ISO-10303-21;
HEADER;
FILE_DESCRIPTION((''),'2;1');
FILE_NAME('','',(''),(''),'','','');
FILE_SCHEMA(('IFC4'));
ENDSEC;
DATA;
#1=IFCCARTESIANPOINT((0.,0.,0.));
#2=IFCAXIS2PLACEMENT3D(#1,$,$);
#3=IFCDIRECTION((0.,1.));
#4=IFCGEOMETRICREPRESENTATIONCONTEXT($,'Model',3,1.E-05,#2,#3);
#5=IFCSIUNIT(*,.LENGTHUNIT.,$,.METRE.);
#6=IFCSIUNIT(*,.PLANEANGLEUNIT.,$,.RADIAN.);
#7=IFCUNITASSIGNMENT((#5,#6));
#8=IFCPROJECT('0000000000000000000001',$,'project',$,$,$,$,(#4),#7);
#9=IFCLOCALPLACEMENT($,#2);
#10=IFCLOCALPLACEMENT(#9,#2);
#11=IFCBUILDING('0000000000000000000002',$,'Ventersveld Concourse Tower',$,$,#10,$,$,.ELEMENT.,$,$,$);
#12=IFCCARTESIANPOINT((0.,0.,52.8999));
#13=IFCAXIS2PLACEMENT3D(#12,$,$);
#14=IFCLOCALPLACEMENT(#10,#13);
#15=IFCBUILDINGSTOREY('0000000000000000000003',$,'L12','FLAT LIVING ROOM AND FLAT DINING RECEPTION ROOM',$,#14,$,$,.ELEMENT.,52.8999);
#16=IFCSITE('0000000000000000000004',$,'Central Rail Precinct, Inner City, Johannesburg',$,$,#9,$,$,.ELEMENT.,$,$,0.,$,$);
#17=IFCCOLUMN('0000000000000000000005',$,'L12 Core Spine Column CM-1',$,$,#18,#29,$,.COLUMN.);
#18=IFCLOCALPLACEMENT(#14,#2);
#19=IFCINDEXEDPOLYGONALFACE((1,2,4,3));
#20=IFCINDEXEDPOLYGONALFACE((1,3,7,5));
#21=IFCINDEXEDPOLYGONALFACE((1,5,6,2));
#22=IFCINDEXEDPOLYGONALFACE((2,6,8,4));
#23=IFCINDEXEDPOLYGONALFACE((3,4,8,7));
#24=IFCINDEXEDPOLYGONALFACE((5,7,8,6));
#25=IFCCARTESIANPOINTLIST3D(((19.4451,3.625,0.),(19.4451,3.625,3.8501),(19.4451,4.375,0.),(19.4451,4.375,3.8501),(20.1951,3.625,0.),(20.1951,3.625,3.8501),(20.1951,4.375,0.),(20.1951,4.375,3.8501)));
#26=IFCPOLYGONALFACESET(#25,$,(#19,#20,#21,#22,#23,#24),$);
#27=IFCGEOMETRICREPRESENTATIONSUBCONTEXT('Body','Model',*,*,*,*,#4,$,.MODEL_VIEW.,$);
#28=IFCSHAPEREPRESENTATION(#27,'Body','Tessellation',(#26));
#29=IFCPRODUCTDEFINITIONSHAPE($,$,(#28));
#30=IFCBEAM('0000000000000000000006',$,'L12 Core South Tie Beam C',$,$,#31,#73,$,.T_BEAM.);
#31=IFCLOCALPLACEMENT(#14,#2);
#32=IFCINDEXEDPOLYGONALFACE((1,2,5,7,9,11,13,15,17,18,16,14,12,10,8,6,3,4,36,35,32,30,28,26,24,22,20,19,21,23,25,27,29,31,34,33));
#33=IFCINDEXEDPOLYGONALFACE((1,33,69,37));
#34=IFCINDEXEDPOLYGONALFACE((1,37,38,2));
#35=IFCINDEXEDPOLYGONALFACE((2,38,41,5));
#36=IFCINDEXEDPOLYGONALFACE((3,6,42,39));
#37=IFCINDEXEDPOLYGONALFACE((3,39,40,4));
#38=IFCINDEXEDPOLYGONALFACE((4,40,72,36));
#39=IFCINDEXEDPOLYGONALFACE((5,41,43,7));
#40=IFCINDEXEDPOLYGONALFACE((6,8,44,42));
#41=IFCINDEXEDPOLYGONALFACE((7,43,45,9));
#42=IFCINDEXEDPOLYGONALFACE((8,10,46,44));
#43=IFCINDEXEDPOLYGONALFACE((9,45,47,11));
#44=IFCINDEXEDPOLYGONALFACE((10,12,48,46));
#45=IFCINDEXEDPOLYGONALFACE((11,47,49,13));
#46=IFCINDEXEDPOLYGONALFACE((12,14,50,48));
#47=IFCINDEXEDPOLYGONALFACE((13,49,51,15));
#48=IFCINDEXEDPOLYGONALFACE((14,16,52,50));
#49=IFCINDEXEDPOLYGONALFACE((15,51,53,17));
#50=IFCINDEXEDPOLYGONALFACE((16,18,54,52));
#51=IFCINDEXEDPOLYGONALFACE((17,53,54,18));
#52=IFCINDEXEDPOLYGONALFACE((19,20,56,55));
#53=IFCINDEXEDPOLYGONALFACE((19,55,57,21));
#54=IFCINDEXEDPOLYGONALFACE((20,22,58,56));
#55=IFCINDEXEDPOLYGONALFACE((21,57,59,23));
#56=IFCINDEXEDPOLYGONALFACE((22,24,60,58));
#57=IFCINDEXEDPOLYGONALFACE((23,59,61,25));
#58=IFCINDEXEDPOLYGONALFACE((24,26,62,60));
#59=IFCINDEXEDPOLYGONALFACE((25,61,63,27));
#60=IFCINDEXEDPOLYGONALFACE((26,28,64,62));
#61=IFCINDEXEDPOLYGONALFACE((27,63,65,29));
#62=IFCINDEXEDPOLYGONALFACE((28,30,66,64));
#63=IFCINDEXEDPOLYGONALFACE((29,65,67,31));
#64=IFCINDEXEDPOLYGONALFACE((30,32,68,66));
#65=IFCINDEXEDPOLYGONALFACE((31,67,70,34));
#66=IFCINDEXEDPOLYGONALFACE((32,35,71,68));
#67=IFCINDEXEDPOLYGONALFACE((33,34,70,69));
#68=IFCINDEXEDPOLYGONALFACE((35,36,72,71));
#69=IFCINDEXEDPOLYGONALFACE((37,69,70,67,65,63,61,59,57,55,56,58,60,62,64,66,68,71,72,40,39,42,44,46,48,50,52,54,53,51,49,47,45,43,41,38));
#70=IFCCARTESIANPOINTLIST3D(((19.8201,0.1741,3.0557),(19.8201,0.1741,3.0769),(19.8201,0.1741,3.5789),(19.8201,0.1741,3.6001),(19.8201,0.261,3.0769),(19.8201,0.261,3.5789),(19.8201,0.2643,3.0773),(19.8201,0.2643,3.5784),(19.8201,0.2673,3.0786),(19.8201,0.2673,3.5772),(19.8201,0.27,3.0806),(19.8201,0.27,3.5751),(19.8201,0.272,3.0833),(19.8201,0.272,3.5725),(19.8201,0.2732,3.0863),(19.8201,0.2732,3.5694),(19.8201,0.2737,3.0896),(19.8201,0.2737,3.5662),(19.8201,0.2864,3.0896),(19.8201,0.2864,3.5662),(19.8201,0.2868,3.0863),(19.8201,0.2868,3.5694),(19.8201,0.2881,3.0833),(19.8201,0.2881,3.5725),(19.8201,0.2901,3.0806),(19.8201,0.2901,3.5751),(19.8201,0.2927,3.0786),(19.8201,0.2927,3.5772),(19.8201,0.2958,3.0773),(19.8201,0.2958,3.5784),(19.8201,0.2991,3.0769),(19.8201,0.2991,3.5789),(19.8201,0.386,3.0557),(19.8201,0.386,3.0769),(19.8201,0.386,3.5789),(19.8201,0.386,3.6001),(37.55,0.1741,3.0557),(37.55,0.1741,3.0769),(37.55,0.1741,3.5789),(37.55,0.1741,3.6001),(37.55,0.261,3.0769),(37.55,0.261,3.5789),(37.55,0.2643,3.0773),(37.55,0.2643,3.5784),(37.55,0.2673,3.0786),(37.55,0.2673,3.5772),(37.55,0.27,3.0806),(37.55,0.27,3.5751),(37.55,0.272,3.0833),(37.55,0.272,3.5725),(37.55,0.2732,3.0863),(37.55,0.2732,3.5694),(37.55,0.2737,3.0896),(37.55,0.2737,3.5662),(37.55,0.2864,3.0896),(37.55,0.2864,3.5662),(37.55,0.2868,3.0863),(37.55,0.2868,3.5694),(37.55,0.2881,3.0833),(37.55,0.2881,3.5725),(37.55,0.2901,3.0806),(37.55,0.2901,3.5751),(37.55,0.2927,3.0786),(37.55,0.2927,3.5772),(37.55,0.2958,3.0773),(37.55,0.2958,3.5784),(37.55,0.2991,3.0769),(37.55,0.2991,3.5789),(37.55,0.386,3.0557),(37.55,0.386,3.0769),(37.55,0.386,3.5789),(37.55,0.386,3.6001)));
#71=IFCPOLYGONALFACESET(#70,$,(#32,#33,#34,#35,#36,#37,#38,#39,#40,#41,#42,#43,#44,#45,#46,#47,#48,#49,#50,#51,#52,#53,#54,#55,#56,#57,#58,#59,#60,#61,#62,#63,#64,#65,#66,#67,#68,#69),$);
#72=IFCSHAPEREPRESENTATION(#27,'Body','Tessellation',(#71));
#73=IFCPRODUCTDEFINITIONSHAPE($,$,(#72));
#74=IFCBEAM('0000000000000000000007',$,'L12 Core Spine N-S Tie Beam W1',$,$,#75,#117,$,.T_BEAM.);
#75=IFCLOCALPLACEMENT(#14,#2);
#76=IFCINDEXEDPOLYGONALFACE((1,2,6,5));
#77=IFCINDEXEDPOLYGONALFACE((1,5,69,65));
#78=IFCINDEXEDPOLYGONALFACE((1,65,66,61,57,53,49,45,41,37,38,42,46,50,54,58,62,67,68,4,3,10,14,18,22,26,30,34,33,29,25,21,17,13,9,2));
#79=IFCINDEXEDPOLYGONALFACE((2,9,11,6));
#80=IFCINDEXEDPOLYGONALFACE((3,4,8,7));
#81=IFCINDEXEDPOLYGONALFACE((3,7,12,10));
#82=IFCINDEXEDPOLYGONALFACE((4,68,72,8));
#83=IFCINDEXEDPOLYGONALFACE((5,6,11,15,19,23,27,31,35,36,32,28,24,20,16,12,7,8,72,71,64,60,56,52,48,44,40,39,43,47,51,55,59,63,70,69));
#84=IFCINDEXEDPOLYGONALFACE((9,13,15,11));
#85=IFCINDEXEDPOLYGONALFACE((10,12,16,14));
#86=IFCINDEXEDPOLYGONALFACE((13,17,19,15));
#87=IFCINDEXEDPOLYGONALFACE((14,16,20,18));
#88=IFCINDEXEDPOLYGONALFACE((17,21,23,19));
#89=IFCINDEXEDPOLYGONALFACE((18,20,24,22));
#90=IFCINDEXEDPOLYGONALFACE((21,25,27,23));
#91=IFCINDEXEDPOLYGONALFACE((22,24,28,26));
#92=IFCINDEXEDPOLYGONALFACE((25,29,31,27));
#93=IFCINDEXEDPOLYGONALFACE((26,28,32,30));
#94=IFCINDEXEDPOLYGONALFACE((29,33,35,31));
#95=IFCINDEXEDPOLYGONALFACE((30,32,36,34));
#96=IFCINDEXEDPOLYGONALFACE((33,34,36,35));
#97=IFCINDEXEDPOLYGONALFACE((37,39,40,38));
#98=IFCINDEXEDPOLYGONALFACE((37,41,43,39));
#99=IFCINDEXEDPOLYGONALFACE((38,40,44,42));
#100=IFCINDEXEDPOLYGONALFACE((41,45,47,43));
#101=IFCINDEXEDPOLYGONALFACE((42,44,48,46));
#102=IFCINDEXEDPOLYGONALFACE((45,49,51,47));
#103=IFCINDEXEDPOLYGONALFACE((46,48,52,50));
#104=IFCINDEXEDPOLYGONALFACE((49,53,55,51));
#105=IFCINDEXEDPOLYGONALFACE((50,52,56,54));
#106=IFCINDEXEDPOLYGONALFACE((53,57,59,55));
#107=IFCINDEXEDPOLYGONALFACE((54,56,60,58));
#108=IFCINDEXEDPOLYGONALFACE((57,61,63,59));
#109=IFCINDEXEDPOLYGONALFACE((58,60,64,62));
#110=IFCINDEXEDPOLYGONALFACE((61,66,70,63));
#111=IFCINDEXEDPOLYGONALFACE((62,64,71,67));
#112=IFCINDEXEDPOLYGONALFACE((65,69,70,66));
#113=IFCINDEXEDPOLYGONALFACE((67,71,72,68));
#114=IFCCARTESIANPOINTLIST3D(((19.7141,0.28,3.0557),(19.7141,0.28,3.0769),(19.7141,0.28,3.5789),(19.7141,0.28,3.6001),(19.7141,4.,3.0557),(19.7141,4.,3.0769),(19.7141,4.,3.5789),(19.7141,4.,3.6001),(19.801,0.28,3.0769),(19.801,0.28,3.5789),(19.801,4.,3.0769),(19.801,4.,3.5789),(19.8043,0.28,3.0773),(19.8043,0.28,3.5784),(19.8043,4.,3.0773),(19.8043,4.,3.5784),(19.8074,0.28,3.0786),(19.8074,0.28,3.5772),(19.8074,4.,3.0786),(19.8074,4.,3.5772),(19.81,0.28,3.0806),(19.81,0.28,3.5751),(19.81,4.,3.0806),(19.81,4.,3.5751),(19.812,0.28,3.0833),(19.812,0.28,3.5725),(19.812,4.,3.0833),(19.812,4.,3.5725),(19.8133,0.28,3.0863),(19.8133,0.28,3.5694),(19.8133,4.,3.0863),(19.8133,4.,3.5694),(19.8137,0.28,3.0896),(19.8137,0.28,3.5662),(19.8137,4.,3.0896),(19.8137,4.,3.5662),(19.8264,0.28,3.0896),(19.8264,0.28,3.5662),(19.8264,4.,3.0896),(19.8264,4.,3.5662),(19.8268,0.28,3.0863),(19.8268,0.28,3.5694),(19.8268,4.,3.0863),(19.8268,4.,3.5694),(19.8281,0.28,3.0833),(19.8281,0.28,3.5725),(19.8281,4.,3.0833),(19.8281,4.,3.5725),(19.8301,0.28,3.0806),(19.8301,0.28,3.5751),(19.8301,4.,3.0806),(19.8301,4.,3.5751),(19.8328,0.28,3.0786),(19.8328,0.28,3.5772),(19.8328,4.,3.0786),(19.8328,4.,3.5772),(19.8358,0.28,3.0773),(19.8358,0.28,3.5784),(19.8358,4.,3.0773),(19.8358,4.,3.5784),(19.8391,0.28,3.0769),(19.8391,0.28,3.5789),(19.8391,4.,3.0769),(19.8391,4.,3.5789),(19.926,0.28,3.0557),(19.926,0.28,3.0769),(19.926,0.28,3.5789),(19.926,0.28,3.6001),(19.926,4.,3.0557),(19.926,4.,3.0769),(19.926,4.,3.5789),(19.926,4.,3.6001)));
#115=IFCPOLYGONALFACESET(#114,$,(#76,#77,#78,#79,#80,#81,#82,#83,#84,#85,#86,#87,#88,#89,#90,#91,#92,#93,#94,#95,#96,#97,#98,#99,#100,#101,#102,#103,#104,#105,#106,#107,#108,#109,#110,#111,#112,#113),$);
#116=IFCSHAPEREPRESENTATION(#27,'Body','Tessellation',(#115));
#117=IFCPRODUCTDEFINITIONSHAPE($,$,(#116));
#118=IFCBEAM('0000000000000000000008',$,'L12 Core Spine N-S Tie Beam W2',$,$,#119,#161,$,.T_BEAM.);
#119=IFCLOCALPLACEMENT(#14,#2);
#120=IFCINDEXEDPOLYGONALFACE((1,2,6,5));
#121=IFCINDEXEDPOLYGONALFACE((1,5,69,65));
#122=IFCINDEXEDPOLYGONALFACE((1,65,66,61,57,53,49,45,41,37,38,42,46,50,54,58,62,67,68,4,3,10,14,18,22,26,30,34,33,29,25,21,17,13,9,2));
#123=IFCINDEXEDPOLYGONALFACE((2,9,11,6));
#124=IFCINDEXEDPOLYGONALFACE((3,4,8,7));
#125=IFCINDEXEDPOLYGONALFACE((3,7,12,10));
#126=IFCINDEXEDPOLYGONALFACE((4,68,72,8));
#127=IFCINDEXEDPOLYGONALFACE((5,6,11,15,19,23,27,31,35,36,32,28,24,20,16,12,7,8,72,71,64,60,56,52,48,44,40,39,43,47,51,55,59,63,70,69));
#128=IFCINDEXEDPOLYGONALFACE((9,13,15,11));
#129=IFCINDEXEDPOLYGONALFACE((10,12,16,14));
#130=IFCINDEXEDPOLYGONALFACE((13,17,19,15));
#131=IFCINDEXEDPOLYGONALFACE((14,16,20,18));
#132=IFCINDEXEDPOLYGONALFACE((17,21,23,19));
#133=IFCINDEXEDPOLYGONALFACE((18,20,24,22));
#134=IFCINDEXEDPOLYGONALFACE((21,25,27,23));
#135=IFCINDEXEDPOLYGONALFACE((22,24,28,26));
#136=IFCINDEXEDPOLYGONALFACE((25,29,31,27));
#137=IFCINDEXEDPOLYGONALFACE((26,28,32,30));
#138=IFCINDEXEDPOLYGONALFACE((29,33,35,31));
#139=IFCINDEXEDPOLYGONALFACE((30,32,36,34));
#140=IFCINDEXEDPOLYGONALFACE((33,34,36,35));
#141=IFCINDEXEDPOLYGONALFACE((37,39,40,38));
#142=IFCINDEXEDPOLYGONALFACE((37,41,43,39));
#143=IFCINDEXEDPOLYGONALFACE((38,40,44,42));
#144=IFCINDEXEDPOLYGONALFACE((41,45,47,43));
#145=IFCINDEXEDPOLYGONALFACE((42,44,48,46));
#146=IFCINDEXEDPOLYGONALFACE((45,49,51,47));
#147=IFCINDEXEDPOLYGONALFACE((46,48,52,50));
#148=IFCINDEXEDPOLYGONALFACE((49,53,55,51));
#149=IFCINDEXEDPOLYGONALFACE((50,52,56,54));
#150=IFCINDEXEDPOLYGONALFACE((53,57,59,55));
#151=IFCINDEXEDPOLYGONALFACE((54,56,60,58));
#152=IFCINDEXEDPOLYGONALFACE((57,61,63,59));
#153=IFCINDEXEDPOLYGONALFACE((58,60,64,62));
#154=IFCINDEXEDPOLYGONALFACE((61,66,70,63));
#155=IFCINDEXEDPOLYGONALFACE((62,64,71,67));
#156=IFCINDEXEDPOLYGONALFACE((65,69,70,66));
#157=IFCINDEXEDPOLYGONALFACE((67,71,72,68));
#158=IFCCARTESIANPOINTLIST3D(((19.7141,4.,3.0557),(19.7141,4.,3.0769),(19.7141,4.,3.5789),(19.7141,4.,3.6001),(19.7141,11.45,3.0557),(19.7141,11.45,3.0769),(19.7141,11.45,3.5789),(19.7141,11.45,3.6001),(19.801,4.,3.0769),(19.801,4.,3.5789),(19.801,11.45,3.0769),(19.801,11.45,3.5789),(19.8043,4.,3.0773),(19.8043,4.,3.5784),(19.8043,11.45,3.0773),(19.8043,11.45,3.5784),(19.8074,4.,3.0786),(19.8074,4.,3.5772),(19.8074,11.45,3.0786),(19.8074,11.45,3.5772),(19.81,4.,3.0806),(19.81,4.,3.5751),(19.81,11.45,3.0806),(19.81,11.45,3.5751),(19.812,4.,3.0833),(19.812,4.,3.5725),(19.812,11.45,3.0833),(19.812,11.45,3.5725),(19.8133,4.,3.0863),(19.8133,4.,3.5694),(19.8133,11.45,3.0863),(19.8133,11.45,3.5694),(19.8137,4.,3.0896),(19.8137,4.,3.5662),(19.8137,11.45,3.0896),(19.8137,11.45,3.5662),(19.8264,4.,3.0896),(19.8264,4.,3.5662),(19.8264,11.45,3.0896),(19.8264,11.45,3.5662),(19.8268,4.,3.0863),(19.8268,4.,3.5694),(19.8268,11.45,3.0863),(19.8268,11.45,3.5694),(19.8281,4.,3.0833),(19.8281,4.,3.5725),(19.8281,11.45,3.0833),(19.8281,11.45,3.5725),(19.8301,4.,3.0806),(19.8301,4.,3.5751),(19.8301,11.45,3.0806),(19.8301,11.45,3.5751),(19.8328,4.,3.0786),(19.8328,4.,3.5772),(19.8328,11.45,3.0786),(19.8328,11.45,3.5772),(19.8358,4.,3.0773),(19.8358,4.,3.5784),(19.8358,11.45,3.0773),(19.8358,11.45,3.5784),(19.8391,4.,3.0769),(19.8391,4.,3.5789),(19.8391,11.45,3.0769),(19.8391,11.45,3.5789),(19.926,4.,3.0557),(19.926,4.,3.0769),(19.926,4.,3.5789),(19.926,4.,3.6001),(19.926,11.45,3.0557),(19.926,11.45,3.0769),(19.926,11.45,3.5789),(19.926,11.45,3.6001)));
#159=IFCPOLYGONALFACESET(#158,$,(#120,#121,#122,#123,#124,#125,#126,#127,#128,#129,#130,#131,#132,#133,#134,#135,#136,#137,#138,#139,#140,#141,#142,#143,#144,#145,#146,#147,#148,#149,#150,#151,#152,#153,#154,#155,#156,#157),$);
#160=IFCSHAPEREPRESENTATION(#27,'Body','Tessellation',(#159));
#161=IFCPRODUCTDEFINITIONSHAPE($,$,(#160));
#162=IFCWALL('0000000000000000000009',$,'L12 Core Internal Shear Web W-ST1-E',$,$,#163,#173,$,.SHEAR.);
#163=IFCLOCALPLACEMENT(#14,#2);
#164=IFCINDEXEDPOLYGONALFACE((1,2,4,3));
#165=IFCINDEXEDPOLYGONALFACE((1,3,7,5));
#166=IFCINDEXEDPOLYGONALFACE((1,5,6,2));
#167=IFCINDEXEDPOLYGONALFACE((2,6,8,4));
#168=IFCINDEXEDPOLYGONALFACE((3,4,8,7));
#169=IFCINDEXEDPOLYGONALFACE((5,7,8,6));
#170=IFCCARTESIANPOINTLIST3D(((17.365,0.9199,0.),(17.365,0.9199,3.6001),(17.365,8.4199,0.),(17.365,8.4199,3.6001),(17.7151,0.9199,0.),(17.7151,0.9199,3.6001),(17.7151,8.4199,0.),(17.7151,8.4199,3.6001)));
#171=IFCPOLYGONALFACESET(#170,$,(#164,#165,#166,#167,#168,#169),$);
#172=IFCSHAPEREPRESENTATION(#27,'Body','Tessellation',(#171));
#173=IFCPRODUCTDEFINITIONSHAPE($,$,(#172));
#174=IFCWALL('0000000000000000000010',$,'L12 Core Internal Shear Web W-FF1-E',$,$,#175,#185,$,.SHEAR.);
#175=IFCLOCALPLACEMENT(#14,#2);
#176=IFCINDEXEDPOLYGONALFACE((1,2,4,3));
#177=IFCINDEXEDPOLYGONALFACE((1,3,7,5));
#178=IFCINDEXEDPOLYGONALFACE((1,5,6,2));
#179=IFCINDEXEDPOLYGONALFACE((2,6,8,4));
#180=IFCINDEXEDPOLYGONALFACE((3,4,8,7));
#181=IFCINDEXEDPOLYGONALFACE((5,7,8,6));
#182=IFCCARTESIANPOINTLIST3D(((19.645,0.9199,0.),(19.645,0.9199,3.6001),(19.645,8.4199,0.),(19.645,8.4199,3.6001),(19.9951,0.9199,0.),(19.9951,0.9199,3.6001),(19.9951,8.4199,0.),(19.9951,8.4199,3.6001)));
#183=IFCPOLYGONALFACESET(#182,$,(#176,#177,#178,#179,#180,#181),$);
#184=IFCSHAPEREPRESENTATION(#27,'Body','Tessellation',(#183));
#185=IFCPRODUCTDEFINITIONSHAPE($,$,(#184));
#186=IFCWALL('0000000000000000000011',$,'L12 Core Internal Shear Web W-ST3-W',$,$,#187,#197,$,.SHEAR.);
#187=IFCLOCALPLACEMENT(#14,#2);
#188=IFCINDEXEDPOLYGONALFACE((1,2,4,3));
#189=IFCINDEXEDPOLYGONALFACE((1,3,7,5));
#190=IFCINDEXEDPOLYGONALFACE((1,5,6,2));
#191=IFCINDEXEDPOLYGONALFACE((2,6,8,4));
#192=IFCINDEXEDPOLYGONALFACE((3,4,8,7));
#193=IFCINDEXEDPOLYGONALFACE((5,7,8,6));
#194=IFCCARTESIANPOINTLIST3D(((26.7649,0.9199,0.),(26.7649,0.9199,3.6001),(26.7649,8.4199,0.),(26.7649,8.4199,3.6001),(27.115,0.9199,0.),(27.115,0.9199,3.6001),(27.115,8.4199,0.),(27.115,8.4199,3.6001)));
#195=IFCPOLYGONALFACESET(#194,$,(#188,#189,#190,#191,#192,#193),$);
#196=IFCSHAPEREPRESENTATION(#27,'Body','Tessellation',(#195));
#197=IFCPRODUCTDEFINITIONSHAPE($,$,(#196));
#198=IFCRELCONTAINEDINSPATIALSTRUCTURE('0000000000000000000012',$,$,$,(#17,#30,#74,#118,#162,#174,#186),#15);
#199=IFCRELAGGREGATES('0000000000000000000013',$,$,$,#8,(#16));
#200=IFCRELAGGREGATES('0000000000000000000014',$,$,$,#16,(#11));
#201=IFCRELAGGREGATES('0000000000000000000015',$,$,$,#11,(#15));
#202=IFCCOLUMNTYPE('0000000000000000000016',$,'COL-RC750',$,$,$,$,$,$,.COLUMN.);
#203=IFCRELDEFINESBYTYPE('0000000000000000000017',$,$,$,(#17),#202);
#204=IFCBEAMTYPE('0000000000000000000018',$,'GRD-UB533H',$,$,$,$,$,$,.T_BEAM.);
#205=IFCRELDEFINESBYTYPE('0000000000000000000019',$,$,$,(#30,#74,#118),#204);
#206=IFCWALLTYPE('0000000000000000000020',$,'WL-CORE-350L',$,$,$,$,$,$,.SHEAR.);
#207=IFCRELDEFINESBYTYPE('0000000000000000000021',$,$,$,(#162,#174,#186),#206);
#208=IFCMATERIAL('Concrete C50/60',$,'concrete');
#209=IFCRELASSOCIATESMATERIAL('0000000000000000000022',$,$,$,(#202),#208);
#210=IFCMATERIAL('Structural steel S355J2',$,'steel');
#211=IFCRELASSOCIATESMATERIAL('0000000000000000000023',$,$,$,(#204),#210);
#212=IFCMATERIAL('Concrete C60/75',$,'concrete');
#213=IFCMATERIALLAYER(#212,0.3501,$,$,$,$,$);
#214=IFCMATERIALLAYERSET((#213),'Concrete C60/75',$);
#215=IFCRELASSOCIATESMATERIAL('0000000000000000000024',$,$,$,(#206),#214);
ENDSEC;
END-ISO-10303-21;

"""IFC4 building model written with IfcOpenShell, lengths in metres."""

from ifc_helpers import new_model, si_unit, direction, frame, frame_2d, origin, origin_2d, place, context, subcontext, project, spatial, rectangle, i_section, extrude, material, layer, layer_set, material_profile, profile_set, type_object, element, save


model = new_model("IFC4")

# Units and contexts
model_context = context("Model", 3, precision=1e-05, world=origin(), true_north=direction((0.0, 1.0)))
body_context = subcontext(model_context, "Body", "Model", "MODEL_VIEW")
ifc_project = project(units=[si_unit("LENGTHUNIT", "METRE"), si_unit("PLANEANGLEUNIT", "RADIAN")], contexts=[model_context])

# Site, building, storey
site_placement = place(None, origin())
site = spatial("IfcSite", under=ifc_project, at=site_placement, Name="Central Rail Precinct, Inner City, Johannesburg", CompositionType="ELEMENT", RefElevation=0.0)
building_placement = place(site_placement, origin())
building = spatial("IfcBuilding", under=site, at=building_placement, Name="Ventersveld Concourse Tower", CompositionType="ELEMENT")
storey_placement = place(building_placement, frame((0.0, 0.0, 52.8999)))
storey = spatial("IfcBuildingStorey", under=building, at=storey_placement, Name="L12", Description="FLAT LIVING ROOM AND FLAT DINING RECEPTION ROOM", CompositionType="ELEMENT", Elevation=52.8999)

# Column
ifc_material_1 = material(Name="Concrete C50/60", Category="concrete")
ifc_material_profile_1 = material_profile(ifc_material_1, rectangle(XDim=0.75, YDim=0.75, at=origin_2d()), Name="RC 750x750")
ifc_profile_set_1 = profile_set([ifc_material_profile_1], Name="Concrete C50/60")
column_type = type_object("IfcColumnType", Name="COL-RC750", PredefinedType="COLUMN", material=ifc_profile_set_1)
column_placement = place(storey_placement, frame((19.8201, 4.0, 0.0), z_axis=(0.0, 0.0, 1.0), x_axis=(1.0, 0.0, 0.0)))
element("IfcColumn", 1, at=column_placement, inside=storey, type_object=column_type, Name="L12 Core Spine Column CM-1", PredefinedType="COLUMN", context=body_context, shape_type="SweptSolid", body=[
    extrude(rectangle(XDim=0.75, YDim=0.75, at=origin_2d()), origin(), (0.0, 0.0, 1.0), 3.8501),
])

# Beams
ifc_material_2 = material(Name="Structural steel S355J2", Category="steel")
ifc_material_profile_2 = material_profile(ifc_material_2, i_section(OverallWidth=0.2119, OverallDepth=0.5444, WebThickness=0.0127, FlangeThickness=0.0212, FilletRadius=0.0127, at=origin_2d()), Name="UB 533x210x122")
ifc_profile_set_2 = profile_set([ifc_material_profile_2], Name="Structural steel S355J2")
beam_type = type_object("IfcBeamType", Name="GRD-UB533H", PredefinedType="T_BEAM", material=ifc_profile_set_2)
beam_1_placement = place(storey_placement, frame((19.8201, 0.28, 3.3279), z_axis=(1.0, 0.0, 0.0), x_axis=(0.0, 1.0, 0.0)))
element("IfcBeam", 2, at=beam_1_placement, inside=storey, type_object=beam_type, Name="L12 Core South Tie Beam C", PredefinedType="T_BEAM", context=body_context, shape_type="SweptSolid", body=[
    extrude(i_section(OverallWidth=0.2119, OverallDepth=0.5444, WebThickness=0.0127, FlangeThickness=0.0212, FilletRadius=0.0127, at=origin_2d()), origin(), (0.0, 0.0, 1.0), 17.73),
])
beam_2_placement = place(storey_placement, frame((19.8201, 0.28, 3.3279), z_axis=(0.0, 1.0, 0.0), x_axis=(-1.0, 0.0, 0.0)))
element("IfcBeam", 3, at=beam_2_placement, inside=storey, type_object=beam_type, Name="L12 Core Spine N-S Tie Beam W1", PredefinedType="T_BEAM", context=body_context, shape_type="SweptSolid", body=[
    extrude(i_section(OverallWidth=0.2119, OverallDepth=0.5444, WebThickness=0.0127, FlangeThickness=0.0212, FilletRadius=0.0127, at=origin_2d()), origin(), (0.0, 0.0, 1.0), 3.72),
])
beam_3_placement = place(storey_placement, frame((19.8201, 4.0, 3.3279), z_axis=(0.0, 1.0, 0.0), x_axis=(-1.0, 0.0, 0.0)))
element("IfcBeam", 4, at=beam_3_placement, inside=storey, type_object=beam_type, Name="L12 Core Spine N-S Tie Beam W2", PredefinedType="T_BEAM", context=body_context, shape_type="SweptSolid", body=[
    extrude(i_section(OverallWidth=0.2119, OverallDepth=0.5444, WebThickness=0.0127, FlangeThickness=0.0212, FilletRadius=0.0127, at=origin_2d()), origin(), (0.0, 0.0, 1.0), 7.45),
])

# Walls
ifc_material_3 = material(Name="Concrete C60/75", Category="concrete")
ifc_layer_1 = layer(ifc_material_3, 0.3501)
ifc_layer_set_1 = layer_set([ifc_layer_1], Name="Concrete C60/75")
wall_type_1 = type_object("IfcWallType", Name="WL-CORE-350L", PredefinedType="SHEAR", material=ifc_layer_set_1)
for number, where, z_axis, x_axis, name in (
    (5, (17.54, 0.9199, 0.0), (0.0, 0.0, 1.0), (0.0, 1.0, 0.0), "L12 Core Internal Shear Web W-ST1-E"),
    (6, (19.8201, 0.9199, 0.0), (0.0, 0.0, 1.0), (0.0, 1.0, 0.0), "L12 Core Internal Shear Web W-FF1-E"),
    (7, (26.9399, 0.9199, 0.0), (0.0, 0.0, 1.0), (0.0, 1.0, 0.0), "L12 Core Internal Shear Web W-ST3-W"),
):
    element("IfcWall", number, at=place(storey_placement, frame(where, z_axis=z_axis, x_axis=x_axis)), inside=storey, type_object=wall_type_1, Name=name, PredefinedType="SHEAR", context=body_context, shape_type="SweptSolid", body=[
        extrude(rectangle(XDim=7.5, YDim=0.3501, at=frame_2d((3.75, 0.0))), origin(), (0.0, 0.0, 1.0), 3.6001),
    ])

save(model, "model.ifc")
